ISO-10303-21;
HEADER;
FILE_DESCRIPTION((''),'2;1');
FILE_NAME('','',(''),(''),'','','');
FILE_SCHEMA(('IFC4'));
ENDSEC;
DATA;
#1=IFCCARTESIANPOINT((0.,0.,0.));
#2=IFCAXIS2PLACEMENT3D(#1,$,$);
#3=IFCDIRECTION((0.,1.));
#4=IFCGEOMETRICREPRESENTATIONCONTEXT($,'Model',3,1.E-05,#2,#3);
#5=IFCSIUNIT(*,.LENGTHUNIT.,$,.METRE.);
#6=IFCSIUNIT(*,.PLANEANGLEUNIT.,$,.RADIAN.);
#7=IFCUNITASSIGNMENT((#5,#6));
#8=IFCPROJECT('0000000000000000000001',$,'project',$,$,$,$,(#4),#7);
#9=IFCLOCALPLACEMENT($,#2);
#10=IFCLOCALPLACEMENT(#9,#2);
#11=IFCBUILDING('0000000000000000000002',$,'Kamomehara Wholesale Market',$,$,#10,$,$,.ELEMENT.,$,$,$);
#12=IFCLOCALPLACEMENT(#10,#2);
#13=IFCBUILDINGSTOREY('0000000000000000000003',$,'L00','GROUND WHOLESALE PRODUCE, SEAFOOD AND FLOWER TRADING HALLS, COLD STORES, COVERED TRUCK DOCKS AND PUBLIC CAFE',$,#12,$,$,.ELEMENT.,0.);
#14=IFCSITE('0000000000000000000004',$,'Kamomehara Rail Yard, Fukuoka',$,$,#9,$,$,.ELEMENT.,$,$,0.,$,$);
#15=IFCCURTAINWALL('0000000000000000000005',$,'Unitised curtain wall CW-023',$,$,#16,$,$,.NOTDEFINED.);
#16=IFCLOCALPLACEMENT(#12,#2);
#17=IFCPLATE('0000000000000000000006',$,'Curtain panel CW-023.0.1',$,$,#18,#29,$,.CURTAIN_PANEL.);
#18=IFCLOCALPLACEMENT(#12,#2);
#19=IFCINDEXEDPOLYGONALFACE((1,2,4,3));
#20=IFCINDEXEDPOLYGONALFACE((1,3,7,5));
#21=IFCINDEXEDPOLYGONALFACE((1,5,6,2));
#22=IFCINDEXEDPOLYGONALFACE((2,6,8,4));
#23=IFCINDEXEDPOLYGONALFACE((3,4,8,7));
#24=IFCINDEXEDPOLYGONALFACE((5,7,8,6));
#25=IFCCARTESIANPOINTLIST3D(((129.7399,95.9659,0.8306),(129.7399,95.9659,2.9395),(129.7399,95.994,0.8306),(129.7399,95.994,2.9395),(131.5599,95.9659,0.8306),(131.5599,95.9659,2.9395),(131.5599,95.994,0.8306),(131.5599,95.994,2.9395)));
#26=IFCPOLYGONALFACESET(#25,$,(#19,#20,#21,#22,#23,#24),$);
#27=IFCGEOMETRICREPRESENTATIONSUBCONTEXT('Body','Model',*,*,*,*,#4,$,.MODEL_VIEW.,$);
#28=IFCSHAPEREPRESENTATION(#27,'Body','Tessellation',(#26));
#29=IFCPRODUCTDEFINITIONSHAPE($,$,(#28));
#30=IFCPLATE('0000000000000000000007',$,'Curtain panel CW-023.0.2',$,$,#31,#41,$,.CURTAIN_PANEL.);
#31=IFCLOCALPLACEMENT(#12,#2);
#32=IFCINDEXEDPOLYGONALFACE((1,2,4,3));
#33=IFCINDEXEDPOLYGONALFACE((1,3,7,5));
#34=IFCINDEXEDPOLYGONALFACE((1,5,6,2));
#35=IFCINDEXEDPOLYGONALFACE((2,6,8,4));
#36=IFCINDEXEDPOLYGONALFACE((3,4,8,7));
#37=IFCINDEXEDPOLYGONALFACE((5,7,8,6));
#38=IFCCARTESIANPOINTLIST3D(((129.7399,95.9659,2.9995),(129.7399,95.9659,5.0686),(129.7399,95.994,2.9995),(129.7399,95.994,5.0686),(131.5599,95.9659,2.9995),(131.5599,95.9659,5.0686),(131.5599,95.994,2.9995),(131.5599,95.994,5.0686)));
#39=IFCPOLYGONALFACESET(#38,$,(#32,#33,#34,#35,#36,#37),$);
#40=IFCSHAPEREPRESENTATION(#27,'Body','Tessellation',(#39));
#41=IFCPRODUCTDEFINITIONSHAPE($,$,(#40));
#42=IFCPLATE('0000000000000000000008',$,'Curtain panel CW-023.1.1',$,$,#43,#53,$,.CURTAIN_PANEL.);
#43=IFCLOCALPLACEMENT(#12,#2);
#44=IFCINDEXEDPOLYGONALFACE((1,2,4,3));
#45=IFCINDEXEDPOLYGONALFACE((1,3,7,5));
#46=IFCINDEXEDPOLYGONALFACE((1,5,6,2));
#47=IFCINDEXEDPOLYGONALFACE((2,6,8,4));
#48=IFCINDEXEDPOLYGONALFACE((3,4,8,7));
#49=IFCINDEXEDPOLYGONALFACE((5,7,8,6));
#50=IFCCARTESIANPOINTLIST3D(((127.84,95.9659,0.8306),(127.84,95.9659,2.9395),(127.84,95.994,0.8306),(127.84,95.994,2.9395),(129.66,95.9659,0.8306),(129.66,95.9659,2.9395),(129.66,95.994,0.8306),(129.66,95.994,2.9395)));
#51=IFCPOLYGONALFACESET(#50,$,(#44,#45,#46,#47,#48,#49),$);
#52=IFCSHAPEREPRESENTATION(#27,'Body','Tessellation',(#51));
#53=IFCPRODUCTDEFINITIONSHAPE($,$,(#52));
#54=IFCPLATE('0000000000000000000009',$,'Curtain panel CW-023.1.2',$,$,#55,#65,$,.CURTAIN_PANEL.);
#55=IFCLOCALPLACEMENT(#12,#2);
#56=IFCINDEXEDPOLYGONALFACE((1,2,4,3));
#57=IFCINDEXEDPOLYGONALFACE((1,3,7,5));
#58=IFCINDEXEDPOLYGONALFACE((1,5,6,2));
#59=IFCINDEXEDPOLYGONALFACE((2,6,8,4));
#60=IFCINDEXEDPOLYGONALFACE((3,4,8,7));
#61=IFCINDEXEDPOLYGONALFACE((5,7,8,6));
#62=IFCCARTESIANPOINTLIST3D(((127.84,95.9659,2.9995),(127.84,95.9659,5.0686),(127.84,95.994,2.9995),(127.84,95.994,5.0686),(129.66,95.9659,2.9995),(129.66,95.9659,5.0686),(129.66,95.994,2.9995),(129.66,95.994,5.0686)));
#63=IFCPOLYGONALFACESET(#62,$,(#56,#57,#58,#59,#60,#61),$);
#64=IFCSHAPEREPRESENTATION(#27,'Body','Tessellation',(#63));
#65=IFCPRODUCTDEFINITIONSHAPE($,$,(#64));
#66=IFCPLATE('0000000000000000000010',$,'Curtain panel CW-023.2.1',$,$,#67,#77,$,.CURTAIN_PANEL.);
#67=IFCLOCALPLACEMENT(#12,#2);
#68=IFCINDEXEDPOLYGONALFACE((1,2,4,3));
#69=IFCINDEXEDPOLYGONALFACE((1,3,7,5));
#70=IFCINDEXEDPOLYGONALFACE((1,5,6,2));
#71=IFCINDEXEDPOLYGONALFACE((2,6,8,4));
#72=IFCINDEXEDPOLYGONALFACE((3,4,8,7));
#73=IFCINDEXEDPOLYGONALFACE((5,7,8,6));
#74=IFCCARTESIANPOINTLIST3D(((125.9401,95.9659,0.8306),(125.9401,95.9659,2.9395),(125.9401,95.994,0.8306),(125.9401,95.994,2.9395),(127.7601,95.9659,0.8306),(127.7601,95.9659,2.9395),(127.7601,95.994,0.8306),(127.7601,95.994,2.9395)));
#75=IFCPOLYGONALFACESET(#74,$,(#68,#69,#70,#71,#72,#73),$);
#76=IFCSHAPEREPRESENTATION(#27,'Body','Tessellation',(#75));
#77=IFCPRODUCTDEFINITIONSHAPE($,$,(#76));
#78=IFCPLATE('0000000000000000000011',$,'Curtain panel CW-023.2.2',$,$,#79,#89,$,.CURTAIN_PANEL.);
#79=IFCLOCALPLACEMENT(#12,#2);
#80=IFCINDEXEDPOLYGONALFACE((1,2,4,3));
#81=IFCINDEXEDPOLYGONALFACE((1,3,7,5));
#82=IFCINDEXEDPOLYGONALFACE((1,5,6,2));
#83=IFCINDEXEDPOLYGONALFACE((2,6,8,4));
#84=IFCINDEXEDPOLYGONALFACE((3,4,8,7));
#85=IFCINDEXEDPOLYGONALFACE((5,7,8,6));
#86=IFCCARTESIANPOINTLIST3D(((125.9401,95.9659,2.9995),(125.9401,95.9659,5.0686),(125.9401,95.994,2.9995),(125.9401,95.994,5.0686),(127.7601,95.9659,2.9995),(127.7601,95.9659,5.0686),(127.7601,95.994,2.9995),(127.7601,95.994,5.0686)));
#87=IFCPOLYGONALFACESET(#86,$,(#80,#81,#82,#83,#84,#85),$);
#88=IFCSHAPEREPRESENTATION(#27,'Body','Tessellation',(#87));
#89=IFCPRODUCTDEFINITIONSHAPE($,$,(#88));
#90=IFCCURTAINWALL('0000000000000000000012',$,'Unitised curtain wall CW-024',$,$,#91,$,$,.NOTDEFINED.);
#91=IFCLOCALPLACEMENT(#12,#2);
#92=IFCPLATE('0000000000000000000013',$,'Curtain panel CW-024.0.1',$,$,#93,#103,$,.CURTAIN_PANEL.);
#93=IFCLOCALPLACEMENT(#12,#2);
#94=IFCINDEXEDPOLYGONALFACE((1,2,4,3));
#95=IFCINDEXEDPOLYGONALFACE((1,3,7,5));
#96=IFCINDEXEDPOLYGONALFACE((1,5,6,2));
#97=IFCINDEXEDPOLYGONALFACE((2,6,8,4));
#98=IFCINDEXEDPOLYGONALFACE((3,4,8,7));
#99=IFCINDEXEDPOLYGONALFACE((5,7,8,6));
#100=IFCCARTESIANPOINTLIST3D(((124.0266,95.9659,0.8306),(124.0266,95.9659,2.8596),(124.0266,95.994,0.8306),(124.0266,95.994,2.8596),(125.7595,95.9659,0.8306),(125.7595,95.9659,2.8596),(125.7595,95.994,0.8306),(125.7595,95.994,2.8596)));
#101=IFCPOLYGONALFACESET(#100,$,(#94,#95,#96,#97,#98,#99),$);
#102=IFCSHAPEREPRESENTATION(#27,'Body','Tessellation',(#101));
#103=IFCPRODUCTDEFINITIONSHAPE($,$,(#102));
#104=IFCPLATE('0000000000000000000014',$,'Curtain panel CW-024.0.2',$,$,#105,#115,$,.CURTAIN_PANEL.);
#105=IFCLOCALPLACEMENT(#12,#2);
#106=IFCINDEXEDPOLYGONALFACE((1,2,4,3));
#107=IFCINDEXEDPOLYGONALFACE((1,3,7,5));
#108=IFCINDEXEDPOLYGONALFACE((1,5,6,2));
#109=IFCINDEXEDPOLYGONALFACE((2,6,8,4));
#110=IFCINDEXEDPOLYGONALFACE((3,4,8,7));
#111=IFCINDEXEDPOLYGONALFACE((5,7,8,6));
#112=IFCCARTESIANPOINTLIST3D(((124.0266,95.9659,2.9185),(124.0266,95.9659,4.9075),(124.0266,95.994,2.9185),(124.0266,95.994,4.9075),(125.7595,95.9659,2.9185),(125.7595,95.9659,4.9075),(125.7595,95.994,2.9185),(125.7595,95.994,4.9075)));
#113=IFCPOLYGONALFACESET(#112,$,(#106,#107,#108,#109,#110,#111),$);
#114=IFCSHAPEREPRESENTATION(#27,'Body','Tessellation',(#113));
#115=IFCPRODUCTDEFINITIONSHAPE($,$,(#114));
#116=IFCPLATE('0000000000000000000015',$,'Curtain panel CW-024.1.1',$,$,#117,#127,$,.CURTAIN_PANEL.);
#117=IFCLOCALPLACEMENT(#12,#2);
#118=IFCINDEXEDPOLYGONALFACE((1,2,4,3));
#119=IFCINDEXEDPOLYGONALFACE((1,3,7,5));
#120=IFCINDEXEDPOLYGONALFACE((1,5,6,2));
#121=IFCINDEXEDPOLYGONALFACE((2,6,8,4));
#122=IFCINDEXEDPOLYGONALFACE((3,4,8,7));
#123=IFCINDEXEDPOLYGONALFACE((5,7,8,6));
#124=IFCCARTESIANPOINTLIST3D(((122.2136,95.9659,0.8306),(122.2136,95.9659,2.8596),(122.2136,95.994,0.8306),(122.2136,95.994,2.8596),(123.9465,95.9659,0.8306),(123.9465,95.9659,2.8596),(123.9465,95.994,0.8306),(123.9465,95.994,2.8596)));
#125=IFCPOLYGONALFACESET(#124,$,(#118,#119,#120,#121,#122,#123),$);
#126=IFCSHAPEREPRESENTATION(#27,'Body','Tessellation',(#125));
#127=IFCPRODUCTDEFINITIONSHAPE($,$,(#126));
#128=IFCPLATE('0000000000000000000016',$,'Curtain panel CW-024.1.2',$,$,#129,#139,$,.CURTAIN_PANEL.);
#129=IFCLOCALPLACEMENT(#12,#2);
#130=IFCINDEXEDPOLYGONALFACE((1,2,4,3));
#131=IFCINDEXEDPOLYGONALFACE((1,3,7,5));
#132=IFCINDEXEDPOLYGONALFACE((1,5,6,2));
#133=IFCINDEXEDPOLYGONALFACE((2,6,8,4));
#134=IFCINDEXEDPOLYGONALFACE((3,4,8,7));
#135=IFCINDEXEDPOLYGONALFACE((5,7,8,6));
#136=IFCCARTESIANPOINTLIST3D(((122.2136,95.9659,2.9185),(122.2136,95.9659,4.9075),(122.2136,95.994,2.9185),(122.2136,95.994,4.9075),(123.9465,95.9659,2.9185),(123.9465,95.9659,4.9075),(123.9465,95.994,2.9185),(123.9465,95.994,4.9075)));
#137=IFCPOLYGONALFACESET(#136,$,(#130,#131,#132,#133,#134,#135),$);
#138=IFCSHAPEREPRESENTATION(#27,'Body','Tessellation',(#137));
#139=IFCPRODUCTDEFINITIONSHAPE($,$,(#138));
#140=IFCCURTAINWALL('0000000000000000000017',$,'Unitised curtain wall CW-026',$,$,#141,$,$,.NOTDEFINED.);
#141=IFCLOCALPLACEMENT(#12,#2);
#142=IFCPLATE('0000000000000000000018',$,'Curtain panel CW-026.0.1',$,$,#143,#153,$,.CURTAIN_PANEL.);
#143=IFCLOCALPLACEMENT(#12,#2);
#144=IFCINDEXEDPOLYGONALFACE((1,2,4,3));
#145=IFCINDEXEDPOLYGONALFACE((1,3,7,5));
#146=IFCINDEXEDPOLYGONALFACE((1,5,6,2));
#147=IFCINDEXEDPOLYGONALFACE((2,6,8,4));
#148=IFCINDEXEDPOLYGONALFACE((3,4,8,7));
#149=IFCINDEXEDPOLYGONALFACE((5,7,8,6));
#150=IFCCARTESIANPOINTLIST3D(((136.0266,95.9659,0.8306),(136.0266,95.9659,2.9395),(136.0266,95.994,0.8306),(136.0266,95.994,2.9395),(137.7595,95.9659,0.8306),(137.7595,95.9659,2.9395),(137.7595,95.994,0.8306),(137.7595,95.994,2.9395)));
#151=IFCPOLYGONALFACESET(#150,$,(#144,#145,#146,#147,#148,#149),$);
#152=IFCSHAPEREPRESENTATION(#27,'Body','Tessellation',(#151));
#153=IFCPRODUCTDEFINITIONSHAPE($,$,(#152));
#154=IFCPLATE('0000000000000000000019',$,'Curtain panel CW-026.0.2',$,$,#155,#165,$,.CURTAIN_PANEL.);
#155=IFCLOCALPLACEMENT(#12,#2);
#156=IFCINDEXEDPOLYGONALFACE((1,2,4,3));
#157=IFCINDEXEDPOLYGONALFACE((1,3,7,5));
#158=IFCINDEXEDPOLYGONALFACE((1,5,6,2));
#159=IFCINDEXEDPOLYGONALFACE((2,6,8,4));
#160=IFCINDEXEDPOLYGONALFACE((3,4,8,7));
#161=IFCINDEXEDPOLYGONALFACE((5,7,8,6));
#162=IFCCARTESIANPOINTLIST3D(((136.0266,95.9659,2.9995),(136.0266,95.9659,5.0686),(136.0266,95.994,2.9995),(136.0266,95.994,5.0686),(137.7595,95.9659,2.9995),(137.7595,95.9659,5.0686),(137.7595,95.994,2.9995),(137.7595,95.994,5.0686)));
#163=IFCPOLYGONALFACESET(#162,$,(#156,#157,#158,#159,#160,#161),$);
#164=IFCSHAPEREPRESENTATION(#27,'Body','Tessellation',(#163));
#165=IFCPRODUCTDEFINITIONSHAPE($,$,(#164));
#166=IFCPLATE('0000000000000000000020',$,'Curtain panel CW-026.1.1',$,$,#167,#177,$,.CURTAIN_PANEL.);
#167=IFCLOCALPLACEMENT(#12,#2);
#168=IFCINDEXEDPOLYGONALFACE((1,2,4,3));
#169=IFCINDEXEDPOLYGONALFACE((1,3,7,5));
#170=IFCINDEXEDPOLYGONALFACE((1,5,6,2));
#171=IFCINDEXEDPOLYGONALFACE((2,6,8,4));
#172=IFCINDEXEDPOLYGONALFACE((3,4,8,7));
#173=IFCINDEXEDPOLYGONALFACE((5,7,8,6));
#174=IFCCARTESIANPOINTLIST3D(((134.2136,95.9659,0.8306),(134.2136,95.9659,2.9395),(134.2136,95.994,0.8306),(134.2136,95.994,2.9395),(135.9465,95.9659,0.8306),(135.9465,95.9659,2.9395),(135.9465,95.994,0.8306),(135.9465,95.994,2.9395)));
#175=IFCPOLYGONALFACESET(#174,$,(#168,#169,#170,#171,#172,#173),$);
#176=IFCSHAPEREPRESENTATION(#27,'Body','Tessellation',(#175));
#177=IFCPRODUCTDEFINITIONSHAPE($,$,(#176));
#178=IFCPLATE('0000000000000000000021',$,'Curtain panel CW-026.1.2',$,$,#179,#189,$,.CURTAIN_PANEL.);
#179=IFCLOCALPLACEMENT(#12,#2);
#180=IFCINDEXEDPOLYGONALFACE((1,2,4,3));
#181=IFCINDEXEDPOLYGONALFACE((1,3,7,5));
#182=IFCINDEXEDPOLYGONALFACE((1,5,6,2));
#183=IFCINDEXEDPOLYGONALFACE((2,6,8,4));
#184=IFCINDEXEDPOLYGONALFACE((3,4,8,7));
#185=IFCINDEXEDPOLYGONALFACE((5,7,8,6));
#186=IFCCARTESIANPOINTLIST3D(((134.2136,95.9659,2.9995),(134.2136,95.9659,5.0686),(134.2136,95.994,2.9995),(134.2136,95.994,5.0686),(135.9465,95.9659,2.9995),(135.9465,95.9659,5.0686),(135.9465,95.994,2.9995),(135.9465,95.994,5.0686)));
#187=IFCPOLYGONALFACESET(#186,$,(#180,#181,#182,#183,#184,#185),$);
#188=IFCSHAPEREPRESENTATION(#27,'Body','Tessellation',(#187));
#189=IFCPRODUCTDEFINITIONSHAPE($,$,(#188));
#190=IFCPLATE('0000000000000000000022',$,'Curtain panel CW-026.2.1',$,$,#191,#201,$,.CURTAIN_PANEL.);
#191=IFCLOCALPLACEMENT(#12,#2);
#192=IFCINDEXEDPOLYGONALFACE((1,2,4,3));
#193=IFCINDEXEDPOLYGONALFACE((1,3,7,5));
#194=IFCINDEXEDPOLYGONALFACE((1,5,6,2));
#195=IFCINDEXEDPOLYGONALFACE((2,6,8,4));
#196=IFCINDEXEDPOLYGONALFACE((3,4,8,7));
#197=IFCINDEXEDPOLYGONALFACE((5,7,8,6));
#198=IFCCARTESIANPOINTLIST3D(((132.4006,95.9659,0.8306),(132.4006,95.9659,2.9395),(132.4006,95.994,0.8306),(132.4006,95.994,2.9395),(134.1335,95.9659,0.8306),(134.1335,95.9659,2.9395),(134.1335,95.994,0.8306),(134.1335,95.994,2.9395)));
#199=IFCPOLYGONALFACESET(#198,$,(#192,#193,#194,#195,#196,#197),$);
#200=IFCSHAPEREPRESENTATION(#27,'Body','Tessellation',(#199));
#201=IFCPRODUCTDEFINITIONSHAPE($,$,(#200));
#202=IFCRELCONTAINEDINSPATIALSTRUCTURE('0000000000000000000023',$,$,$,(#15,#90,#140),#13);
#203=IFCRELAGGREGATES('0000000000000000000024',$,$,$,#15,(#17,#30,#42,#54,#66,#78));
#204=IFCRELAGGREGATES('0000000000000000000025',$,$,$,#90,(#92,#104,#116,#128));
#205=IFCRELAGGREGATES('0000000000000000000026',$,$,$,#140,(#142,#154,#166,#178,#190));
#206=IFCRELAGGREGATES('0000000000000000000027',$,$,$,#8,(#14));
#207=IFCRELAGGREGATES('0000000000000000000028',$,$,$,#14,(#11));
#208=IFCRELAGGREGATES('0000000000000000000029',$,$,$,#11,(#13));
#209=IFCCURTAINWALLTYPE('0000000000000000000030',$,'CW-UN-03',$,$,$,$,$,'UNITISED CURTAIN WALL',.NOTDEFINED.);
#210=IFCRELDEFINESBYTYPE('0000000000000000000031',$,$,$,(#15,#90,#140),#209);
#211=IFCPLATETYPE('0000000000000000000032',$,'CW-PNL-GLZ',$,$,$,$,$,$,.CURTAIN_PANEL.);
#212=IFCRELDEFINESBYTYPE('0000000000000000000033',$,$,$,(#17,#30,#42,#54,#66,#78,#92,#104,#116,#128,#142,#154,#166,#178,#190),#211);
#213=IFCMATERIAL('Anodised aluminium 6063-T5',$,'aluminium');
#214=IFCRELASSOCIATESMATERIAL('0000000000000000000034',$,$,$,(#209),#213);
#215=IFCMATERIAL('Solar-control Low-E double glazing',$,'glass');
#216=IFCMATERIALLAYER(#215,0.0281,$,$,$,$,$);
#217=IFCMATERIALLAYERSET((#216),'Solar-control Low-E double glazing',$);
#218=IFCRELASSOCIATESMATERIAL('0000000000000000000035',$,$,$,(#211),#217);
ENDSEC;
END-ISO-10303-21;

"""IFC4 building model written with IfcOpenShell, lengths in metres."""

from ifc_helpers import new_model, si_unit, direction, frame, origin, origin_2d, place, context, subcontext, project, spatial, rectangle, extrude, material, layer, layer_set, type_object, element, aggregate, save


model = new_model("IFC4")

# Units and contexts
model_context = context("Model", 3, precision=1e-05, world=origin(), true_north=direction((0.0, 1.0)))
body_context = subcontext(model_context, "Body", "Model", "MODEL_VIEW")
ifc_project = project(units=[si_unit("LENGTHUNIT", "METRE"), si_unit("PLANEANGLEUNIT", "RADIAN")], contexts=[model_context])

# Site, building, storey
site_placement = place(None, origin())
site = spatial("IfcSite", under=ifc_project, at=site_placement, Name="Kamomehara Rail Yard, Fukuoka", CompositionType="ELEMENT", RefElevation=0.0)
building_placement = place(site_placement, origin())
building = spatial("IfcBuilding", under=site, at=building_placement, Name="Kamomehara Wholesale Market", CompositionType="ELEMENT")
storey_placement = place(building_placement, origin())
storey = spatial("IfcBuildingStorey", under=building, at=storey_placement, Name="L00", Description="GROUND WHOLESALE PRODUCE, SEAFOOD AND FLOWER TRADING HALLS, COLD STORES, COVERED TRUCK DOCKS AND PUBLIC CAFE", CompositionType="ELEMENT", Elevation=0.0)

# Curtain walls, plates
ifc_material_1 = material(Name="Anodised aluminium 6063-T5", Category="aluminium")
curtain_wall_type = type_object("IfcCurtainWallType", Name="CW-UN-03", ElementType="UNITISED CURTAIN WALL", PredefinedType="NOTDEFINED", material=ifc_material_1)
curtain_wall_1_placement = place(storey_placement, origin())
curtain_wall_1 = element("IfcCurtainWall", 1, at=curtain_wall_1_placement, inside=storey, type_object=curtain_wall_type, Name="Unitised curtain wall CW-023", PredefinedType="NOTDEFINED")
ifc_material_2 = material(Name="Solar-control Low-E double glazing", Category="glass")
ifc_layer_1 = layer(ifc_material_2, 0.0281)
ifc_layer_set_1 = layer_set([ifc_layer_1], Name="Solar-control Low-E double glazing")
plate_type_1 = type_object("IfcPlateType", Name="CW-PNL-GLZ", PredefinedType="CURTAIN_PANEL", material=ifc_layer_set_1)
plate_1_placement = place(storey_placement, frame((130.6499, 95.98, 0.8306), z_axis=(0.0, 0.0, 1.0), x_axis=(-1.0, 0.0, 0.0)))
plate_1 = element("IfcPlate", 2, at=plate_1_placement, type_object=plate_type_1, Name="Curtain panel CW-023.0.1", PredefinedType="CURTAIN_PANEL", context=body_context, shape_type="SweptSolid", body=[
    extrude(rectangle(XDim=1.8201, YDim=0.0281, at=origin_2d()), origin(), (0.0, 0.0, 1.0), 2.1089),
])
plate_2_placement = place(storey_placement, frame((130.6499, 95.98, 2.9995), z_axis=(0.0, 0.0, 1.0), x_axis=(-1.0, 0.0, 0.0)))
plate_2 = element("IfcPlate", 3, at=plate_2_placement, type_object=plate_type_1, Name="Curtain panel CW-023.0.2", PredefinedType="CURTAIN_PANEL", context=body_context, shape_type="SweptSolid", body=[
    extrude(rectangle(XDim=1.8201, YDim=0.0281, at=origin_2d()), origin(), (0.0, 0.0, 1.0), 2.0691),
])
plate_3_placement = place(storey_placement, frame((128.75, 95.98, 0.8306), z_axis=(0.0, 0.0, 1.0), x_axis=(-1.0, 0.0, 0.0)))
plate_3 = element("IfcPlate", 4, at=plate_3_placement, type_object=plate_type_1, Name="Curtain panel CW-023.1.1", PredefinedType="CURTAIN_PANEL", context=body_context, shape_type="SweptSolid", body=[
    extrude(rectangle(XDim=1.8201, YDim=0.0281, at=origin_2d()), origin(), (0.0, 0.0, 1.0), 2.1089),
])
plate_4_placement = place(storey_placement, frame((128.75, 95.98, 2.9995), z_axis=(0.0, 0.0, 1.0), x_axis=(-1.0, 0.0, 0.0)))
plate_4 = element("IfcPlate", 5, at=plate_4_placement, type_object=plate_type_1, Name="Curtain panel CW-023.1.2", PredefinedType="CURTAIN_PANEL", context=body_context, shape_type="SweptSolid", body=[
    extrude(rectangle(XDim=1.8201, YDim=0.0281, at=origin_2d()), origin(), (0.0, 0.0, 1.0), 2.0691),
])
plate_5_placement = place(storey_placement, frame((126.8501, 95.98, 0.8306), z_axis=(0.0, 0.0, 1.0), x_axis=(-1.0, 0.0, 0.0)))
plate_5 = element("IfcPlate", 6, at=plate_5_placement, type_object=plate_type_1, Name="Curtain panel CW-023.2.1", PredefinedType="CURTAIN_PANEL", context=body_context, shape_type="SweptSolid", body=[
    extrude(rectangle(XDim=1.8201, YDim=0.0281, at=origin_2d()), origin(), (0.0, 0.0, 1.0), 2.1089),
])
plate_6_placement = place(storey_placement, frame((126.8501, 95.98, 2.9995), z_axis=(0.0, 0.0, 1.0), x_axis=(-1.0, 0.0, 0.0)))
plate_6 = element("IfcPlate", 7, at=plate_6_placement, type_object=plate_type_1, Name="Curtain panel CW-023.2.2", PredefinedType="CURTAIN_PANEL", context=body_context, shape_type="SweptSolid", body=[
    extrude(rectangle(XDim=1.8201, YDim=0.0281, at=origin_2d()), origin(), (0.0, 0.0, 1.0), 2.0691),
])
curtain_wall_2_placement = place(storey_placement, origin())
curtain_wall_2 = element("IfcCurtainWall", 8, at=curtain_wall_2_placement, inside=storey, type_object=curtain_wall_type, Name="Unitised curtain wall CW-024", PredefinedType="NOTDEFINED")
plate_7_placement = place(storey_placement, frame((124.8931, 95.98, 0.8306), z_axis=(0.0, 0.0, 1.0), x_axis=(-1.0, 0.0, 0.0)))
plate_7 = element("IfcPlate", 9, at=plate_7_placement, type_object=plate_type_1, Name="Curtain panel CW-024.0.1", PredefinedType="CURTAIN_PANEL", context=body_context, shape_type="SweptSolid", body=[
    extrude(rectangle(XDim=1.7329, YDim=0.0281, at=origin_2d()), origin(), (0.0, 0.0, 1.0), 2.0291),
])
plate_8_placement = place(storey_placement, frame((124.8931, 95.98, 2.9185), z_axis=(0.0, 0.0, 1.0), x_axis=(-1.0, 0.0, 0.0)))
plate_8 = element("IfcPlate", 10, at=plate_8_placement, type_object=plate_type_1, Name="Curtain panel CW-024.0.2", PredefinedType="CURTAIN_PANEL", context=body_context, shape_type="SweptSolid", body=[
    extrude(rectangle(XDim=1.7329, YDim=0.0281, at=origin_2d()), origin(), (0.0, 0.0, 1.0), 1.989),
])
plate_9_placement = place(storey_placement, frame((123.0801, 95.98, 0.8306), z_axis=(0.0, 0.0, 1.0), x_axis=(-1.0, 0.0, 0.0)))
plate_9 = element("IfcPlate", 11, at=plate_9_placement, type_object=plate_type_1, Name="Curtain panel CW-024.1.1", PredefinedType="CURTAIN_PANEL", context=body_context, shape_type="SweptSolid", body=[
    extrude(rectangle(XDim=1.7329, YDim=0.0281, at=origin_2d()), origin(), (0.0, 0.0, 1.0), 2.0291),
])
plate_10_placement = place(storey_placement, frame((123.0801, 95.98, 2.9185), z_axis=(0.0, 0.0, 1.0), x_axis=(-1.0, 0.0, 0.0)))
plate_10 = element("IfcPlate", 12, at=plate_10_placement, type_object=plate_type_1, Name="Curtain panel CW-024.1.2", PredefinedType="CURTAIN_PANEL", context=body_context, shape_type="SweptSolid", body=[
    extrude(rectangle(XDim=1.7329, YDim=0.0281, at=origin_2d()), origin(), (0.0, 0.0, 1.0), 1.989),
])
curtain_wall_3_placement = place(storey_placement, origin())
curtain_wall_3 = element("IfcCurtainWall", 13, at=curtain_wall_3_placement, inside=storey, type_object=curtain_wall_type, Name="Unitised curtain wall CW-026", PredefinedType="NOTDEFINED")
plate_11_placement = place(storey_placement, frame((136.8931, 95.98, 0.8306), z_axis=(0.0, 0.0, 1.0), x_axis=(-1.0, 0.0, 0.0)))
plate_11 = element("IfcPlate", 14, at=plate_11_placement, type_object=plate_type_1, Name="Curtain panel CW-026.0.1", PredefinedType="CURTAIN_PANEL", context=body_context, shape_type="SweptSolid", body=[
    extrude(rectangle(XDim=1.7329, YDim=0.0281, at=origin_2d()), origin(), (0.0, 0.0, 1.0), 2.1089),
])
plate_12_placement = place(storey_placement, frame((136.8931, 95.98, 2.9995), z_axis=(0.0, 0.0, 1.0), x_axis=(-1.0, 0.0, 0.0)))
plate_12 = element("IfcPlate", 15, at=plate_12_placement, type_object=plate_type_1, Name="Curtain panel CW-026.0.2", PredefinedType="CURTAIN_PANEL", context=body_context, shape_type="SweptSolid", body=[
    extrude(rectangle(XDim=1.7329, YDim=0.0281, at=origin_2d()), origin(), (0.0, 0.0, 1.0), 2.0691),
])
plate_13_placement = place(storey_placement, frame((135.0801, 95.98, 0.8306), z_axis=(0.0, 0.0, 1.0), x_axis=(-1.0, 0.0, 0.0)))
plate_13 = element("IfcPlate", 16, at=plate_13_placement, type_object=plate_type_1, Name="Curtain panel CW-026.1.1", PredefinedType="CURTAIN_PANEL", context=body_context, shape_type="SweptSolid", body=[
    extrude(rectangle(XDim=1.7329, YDim=0.0281, at=origin_2d()), origin(), (0.0, 0.0, 1.0), 2.1089),
])
plate_14_placement = place(storey_placement, frame((135.0801, 95.98, 2.9995), z_axis=(0.0, 0.0, 1.0), x_axis=(-1.0, 0.0, 0.0)))
plate_14 = element("IfcPlate", 17, at=plate_14_placement, type_object=plate_type_1, Name="Curtain panel CW-026.1.2", PredefinedType="CURTAIN_PANEL", context=body_context, shape_type="SweptSolid", body=[
    extrude(rectangle(XDim=1.7329, YDim=0.0281, at=origin_2d()), origin(), (0.0, 0.0, 1.0), 2.0691),
])
plate_15_placement = place(storey_placement, frame((133.2671, 95.98, 0.8306), z_axis=(0.0, 0.0, 1.0), x_axis=(-1.0, 0.0, 0.0)))
plate_15 = element("IfcPlate", 18, at=plate_15_placement, type_object=plate_type_1, Name="Curtain panel CW-026.2.1", PredefinedType="CURTAIN_PANEL", context=body_context, shape_type="SweptSolid", body=[
    extrude(rectangle(XDim=1.7329, YDim=0.0281, at=origin_2d()), origin(), (0.0, 0.0, 1.0), 2.1089),
])

aggregate(curtain_wall_1, [plate_1, plate_2, plate_3, plate_4, plate_5, plate_6])
aggregate(curtain_wall_2, [plate_7, plate_8, plate_9, plate_10])

aggregate(curtain_wall_3, [plate_11, plate_12, plate_13, plate_14, plate_15])

save(model, "model.ifc")
